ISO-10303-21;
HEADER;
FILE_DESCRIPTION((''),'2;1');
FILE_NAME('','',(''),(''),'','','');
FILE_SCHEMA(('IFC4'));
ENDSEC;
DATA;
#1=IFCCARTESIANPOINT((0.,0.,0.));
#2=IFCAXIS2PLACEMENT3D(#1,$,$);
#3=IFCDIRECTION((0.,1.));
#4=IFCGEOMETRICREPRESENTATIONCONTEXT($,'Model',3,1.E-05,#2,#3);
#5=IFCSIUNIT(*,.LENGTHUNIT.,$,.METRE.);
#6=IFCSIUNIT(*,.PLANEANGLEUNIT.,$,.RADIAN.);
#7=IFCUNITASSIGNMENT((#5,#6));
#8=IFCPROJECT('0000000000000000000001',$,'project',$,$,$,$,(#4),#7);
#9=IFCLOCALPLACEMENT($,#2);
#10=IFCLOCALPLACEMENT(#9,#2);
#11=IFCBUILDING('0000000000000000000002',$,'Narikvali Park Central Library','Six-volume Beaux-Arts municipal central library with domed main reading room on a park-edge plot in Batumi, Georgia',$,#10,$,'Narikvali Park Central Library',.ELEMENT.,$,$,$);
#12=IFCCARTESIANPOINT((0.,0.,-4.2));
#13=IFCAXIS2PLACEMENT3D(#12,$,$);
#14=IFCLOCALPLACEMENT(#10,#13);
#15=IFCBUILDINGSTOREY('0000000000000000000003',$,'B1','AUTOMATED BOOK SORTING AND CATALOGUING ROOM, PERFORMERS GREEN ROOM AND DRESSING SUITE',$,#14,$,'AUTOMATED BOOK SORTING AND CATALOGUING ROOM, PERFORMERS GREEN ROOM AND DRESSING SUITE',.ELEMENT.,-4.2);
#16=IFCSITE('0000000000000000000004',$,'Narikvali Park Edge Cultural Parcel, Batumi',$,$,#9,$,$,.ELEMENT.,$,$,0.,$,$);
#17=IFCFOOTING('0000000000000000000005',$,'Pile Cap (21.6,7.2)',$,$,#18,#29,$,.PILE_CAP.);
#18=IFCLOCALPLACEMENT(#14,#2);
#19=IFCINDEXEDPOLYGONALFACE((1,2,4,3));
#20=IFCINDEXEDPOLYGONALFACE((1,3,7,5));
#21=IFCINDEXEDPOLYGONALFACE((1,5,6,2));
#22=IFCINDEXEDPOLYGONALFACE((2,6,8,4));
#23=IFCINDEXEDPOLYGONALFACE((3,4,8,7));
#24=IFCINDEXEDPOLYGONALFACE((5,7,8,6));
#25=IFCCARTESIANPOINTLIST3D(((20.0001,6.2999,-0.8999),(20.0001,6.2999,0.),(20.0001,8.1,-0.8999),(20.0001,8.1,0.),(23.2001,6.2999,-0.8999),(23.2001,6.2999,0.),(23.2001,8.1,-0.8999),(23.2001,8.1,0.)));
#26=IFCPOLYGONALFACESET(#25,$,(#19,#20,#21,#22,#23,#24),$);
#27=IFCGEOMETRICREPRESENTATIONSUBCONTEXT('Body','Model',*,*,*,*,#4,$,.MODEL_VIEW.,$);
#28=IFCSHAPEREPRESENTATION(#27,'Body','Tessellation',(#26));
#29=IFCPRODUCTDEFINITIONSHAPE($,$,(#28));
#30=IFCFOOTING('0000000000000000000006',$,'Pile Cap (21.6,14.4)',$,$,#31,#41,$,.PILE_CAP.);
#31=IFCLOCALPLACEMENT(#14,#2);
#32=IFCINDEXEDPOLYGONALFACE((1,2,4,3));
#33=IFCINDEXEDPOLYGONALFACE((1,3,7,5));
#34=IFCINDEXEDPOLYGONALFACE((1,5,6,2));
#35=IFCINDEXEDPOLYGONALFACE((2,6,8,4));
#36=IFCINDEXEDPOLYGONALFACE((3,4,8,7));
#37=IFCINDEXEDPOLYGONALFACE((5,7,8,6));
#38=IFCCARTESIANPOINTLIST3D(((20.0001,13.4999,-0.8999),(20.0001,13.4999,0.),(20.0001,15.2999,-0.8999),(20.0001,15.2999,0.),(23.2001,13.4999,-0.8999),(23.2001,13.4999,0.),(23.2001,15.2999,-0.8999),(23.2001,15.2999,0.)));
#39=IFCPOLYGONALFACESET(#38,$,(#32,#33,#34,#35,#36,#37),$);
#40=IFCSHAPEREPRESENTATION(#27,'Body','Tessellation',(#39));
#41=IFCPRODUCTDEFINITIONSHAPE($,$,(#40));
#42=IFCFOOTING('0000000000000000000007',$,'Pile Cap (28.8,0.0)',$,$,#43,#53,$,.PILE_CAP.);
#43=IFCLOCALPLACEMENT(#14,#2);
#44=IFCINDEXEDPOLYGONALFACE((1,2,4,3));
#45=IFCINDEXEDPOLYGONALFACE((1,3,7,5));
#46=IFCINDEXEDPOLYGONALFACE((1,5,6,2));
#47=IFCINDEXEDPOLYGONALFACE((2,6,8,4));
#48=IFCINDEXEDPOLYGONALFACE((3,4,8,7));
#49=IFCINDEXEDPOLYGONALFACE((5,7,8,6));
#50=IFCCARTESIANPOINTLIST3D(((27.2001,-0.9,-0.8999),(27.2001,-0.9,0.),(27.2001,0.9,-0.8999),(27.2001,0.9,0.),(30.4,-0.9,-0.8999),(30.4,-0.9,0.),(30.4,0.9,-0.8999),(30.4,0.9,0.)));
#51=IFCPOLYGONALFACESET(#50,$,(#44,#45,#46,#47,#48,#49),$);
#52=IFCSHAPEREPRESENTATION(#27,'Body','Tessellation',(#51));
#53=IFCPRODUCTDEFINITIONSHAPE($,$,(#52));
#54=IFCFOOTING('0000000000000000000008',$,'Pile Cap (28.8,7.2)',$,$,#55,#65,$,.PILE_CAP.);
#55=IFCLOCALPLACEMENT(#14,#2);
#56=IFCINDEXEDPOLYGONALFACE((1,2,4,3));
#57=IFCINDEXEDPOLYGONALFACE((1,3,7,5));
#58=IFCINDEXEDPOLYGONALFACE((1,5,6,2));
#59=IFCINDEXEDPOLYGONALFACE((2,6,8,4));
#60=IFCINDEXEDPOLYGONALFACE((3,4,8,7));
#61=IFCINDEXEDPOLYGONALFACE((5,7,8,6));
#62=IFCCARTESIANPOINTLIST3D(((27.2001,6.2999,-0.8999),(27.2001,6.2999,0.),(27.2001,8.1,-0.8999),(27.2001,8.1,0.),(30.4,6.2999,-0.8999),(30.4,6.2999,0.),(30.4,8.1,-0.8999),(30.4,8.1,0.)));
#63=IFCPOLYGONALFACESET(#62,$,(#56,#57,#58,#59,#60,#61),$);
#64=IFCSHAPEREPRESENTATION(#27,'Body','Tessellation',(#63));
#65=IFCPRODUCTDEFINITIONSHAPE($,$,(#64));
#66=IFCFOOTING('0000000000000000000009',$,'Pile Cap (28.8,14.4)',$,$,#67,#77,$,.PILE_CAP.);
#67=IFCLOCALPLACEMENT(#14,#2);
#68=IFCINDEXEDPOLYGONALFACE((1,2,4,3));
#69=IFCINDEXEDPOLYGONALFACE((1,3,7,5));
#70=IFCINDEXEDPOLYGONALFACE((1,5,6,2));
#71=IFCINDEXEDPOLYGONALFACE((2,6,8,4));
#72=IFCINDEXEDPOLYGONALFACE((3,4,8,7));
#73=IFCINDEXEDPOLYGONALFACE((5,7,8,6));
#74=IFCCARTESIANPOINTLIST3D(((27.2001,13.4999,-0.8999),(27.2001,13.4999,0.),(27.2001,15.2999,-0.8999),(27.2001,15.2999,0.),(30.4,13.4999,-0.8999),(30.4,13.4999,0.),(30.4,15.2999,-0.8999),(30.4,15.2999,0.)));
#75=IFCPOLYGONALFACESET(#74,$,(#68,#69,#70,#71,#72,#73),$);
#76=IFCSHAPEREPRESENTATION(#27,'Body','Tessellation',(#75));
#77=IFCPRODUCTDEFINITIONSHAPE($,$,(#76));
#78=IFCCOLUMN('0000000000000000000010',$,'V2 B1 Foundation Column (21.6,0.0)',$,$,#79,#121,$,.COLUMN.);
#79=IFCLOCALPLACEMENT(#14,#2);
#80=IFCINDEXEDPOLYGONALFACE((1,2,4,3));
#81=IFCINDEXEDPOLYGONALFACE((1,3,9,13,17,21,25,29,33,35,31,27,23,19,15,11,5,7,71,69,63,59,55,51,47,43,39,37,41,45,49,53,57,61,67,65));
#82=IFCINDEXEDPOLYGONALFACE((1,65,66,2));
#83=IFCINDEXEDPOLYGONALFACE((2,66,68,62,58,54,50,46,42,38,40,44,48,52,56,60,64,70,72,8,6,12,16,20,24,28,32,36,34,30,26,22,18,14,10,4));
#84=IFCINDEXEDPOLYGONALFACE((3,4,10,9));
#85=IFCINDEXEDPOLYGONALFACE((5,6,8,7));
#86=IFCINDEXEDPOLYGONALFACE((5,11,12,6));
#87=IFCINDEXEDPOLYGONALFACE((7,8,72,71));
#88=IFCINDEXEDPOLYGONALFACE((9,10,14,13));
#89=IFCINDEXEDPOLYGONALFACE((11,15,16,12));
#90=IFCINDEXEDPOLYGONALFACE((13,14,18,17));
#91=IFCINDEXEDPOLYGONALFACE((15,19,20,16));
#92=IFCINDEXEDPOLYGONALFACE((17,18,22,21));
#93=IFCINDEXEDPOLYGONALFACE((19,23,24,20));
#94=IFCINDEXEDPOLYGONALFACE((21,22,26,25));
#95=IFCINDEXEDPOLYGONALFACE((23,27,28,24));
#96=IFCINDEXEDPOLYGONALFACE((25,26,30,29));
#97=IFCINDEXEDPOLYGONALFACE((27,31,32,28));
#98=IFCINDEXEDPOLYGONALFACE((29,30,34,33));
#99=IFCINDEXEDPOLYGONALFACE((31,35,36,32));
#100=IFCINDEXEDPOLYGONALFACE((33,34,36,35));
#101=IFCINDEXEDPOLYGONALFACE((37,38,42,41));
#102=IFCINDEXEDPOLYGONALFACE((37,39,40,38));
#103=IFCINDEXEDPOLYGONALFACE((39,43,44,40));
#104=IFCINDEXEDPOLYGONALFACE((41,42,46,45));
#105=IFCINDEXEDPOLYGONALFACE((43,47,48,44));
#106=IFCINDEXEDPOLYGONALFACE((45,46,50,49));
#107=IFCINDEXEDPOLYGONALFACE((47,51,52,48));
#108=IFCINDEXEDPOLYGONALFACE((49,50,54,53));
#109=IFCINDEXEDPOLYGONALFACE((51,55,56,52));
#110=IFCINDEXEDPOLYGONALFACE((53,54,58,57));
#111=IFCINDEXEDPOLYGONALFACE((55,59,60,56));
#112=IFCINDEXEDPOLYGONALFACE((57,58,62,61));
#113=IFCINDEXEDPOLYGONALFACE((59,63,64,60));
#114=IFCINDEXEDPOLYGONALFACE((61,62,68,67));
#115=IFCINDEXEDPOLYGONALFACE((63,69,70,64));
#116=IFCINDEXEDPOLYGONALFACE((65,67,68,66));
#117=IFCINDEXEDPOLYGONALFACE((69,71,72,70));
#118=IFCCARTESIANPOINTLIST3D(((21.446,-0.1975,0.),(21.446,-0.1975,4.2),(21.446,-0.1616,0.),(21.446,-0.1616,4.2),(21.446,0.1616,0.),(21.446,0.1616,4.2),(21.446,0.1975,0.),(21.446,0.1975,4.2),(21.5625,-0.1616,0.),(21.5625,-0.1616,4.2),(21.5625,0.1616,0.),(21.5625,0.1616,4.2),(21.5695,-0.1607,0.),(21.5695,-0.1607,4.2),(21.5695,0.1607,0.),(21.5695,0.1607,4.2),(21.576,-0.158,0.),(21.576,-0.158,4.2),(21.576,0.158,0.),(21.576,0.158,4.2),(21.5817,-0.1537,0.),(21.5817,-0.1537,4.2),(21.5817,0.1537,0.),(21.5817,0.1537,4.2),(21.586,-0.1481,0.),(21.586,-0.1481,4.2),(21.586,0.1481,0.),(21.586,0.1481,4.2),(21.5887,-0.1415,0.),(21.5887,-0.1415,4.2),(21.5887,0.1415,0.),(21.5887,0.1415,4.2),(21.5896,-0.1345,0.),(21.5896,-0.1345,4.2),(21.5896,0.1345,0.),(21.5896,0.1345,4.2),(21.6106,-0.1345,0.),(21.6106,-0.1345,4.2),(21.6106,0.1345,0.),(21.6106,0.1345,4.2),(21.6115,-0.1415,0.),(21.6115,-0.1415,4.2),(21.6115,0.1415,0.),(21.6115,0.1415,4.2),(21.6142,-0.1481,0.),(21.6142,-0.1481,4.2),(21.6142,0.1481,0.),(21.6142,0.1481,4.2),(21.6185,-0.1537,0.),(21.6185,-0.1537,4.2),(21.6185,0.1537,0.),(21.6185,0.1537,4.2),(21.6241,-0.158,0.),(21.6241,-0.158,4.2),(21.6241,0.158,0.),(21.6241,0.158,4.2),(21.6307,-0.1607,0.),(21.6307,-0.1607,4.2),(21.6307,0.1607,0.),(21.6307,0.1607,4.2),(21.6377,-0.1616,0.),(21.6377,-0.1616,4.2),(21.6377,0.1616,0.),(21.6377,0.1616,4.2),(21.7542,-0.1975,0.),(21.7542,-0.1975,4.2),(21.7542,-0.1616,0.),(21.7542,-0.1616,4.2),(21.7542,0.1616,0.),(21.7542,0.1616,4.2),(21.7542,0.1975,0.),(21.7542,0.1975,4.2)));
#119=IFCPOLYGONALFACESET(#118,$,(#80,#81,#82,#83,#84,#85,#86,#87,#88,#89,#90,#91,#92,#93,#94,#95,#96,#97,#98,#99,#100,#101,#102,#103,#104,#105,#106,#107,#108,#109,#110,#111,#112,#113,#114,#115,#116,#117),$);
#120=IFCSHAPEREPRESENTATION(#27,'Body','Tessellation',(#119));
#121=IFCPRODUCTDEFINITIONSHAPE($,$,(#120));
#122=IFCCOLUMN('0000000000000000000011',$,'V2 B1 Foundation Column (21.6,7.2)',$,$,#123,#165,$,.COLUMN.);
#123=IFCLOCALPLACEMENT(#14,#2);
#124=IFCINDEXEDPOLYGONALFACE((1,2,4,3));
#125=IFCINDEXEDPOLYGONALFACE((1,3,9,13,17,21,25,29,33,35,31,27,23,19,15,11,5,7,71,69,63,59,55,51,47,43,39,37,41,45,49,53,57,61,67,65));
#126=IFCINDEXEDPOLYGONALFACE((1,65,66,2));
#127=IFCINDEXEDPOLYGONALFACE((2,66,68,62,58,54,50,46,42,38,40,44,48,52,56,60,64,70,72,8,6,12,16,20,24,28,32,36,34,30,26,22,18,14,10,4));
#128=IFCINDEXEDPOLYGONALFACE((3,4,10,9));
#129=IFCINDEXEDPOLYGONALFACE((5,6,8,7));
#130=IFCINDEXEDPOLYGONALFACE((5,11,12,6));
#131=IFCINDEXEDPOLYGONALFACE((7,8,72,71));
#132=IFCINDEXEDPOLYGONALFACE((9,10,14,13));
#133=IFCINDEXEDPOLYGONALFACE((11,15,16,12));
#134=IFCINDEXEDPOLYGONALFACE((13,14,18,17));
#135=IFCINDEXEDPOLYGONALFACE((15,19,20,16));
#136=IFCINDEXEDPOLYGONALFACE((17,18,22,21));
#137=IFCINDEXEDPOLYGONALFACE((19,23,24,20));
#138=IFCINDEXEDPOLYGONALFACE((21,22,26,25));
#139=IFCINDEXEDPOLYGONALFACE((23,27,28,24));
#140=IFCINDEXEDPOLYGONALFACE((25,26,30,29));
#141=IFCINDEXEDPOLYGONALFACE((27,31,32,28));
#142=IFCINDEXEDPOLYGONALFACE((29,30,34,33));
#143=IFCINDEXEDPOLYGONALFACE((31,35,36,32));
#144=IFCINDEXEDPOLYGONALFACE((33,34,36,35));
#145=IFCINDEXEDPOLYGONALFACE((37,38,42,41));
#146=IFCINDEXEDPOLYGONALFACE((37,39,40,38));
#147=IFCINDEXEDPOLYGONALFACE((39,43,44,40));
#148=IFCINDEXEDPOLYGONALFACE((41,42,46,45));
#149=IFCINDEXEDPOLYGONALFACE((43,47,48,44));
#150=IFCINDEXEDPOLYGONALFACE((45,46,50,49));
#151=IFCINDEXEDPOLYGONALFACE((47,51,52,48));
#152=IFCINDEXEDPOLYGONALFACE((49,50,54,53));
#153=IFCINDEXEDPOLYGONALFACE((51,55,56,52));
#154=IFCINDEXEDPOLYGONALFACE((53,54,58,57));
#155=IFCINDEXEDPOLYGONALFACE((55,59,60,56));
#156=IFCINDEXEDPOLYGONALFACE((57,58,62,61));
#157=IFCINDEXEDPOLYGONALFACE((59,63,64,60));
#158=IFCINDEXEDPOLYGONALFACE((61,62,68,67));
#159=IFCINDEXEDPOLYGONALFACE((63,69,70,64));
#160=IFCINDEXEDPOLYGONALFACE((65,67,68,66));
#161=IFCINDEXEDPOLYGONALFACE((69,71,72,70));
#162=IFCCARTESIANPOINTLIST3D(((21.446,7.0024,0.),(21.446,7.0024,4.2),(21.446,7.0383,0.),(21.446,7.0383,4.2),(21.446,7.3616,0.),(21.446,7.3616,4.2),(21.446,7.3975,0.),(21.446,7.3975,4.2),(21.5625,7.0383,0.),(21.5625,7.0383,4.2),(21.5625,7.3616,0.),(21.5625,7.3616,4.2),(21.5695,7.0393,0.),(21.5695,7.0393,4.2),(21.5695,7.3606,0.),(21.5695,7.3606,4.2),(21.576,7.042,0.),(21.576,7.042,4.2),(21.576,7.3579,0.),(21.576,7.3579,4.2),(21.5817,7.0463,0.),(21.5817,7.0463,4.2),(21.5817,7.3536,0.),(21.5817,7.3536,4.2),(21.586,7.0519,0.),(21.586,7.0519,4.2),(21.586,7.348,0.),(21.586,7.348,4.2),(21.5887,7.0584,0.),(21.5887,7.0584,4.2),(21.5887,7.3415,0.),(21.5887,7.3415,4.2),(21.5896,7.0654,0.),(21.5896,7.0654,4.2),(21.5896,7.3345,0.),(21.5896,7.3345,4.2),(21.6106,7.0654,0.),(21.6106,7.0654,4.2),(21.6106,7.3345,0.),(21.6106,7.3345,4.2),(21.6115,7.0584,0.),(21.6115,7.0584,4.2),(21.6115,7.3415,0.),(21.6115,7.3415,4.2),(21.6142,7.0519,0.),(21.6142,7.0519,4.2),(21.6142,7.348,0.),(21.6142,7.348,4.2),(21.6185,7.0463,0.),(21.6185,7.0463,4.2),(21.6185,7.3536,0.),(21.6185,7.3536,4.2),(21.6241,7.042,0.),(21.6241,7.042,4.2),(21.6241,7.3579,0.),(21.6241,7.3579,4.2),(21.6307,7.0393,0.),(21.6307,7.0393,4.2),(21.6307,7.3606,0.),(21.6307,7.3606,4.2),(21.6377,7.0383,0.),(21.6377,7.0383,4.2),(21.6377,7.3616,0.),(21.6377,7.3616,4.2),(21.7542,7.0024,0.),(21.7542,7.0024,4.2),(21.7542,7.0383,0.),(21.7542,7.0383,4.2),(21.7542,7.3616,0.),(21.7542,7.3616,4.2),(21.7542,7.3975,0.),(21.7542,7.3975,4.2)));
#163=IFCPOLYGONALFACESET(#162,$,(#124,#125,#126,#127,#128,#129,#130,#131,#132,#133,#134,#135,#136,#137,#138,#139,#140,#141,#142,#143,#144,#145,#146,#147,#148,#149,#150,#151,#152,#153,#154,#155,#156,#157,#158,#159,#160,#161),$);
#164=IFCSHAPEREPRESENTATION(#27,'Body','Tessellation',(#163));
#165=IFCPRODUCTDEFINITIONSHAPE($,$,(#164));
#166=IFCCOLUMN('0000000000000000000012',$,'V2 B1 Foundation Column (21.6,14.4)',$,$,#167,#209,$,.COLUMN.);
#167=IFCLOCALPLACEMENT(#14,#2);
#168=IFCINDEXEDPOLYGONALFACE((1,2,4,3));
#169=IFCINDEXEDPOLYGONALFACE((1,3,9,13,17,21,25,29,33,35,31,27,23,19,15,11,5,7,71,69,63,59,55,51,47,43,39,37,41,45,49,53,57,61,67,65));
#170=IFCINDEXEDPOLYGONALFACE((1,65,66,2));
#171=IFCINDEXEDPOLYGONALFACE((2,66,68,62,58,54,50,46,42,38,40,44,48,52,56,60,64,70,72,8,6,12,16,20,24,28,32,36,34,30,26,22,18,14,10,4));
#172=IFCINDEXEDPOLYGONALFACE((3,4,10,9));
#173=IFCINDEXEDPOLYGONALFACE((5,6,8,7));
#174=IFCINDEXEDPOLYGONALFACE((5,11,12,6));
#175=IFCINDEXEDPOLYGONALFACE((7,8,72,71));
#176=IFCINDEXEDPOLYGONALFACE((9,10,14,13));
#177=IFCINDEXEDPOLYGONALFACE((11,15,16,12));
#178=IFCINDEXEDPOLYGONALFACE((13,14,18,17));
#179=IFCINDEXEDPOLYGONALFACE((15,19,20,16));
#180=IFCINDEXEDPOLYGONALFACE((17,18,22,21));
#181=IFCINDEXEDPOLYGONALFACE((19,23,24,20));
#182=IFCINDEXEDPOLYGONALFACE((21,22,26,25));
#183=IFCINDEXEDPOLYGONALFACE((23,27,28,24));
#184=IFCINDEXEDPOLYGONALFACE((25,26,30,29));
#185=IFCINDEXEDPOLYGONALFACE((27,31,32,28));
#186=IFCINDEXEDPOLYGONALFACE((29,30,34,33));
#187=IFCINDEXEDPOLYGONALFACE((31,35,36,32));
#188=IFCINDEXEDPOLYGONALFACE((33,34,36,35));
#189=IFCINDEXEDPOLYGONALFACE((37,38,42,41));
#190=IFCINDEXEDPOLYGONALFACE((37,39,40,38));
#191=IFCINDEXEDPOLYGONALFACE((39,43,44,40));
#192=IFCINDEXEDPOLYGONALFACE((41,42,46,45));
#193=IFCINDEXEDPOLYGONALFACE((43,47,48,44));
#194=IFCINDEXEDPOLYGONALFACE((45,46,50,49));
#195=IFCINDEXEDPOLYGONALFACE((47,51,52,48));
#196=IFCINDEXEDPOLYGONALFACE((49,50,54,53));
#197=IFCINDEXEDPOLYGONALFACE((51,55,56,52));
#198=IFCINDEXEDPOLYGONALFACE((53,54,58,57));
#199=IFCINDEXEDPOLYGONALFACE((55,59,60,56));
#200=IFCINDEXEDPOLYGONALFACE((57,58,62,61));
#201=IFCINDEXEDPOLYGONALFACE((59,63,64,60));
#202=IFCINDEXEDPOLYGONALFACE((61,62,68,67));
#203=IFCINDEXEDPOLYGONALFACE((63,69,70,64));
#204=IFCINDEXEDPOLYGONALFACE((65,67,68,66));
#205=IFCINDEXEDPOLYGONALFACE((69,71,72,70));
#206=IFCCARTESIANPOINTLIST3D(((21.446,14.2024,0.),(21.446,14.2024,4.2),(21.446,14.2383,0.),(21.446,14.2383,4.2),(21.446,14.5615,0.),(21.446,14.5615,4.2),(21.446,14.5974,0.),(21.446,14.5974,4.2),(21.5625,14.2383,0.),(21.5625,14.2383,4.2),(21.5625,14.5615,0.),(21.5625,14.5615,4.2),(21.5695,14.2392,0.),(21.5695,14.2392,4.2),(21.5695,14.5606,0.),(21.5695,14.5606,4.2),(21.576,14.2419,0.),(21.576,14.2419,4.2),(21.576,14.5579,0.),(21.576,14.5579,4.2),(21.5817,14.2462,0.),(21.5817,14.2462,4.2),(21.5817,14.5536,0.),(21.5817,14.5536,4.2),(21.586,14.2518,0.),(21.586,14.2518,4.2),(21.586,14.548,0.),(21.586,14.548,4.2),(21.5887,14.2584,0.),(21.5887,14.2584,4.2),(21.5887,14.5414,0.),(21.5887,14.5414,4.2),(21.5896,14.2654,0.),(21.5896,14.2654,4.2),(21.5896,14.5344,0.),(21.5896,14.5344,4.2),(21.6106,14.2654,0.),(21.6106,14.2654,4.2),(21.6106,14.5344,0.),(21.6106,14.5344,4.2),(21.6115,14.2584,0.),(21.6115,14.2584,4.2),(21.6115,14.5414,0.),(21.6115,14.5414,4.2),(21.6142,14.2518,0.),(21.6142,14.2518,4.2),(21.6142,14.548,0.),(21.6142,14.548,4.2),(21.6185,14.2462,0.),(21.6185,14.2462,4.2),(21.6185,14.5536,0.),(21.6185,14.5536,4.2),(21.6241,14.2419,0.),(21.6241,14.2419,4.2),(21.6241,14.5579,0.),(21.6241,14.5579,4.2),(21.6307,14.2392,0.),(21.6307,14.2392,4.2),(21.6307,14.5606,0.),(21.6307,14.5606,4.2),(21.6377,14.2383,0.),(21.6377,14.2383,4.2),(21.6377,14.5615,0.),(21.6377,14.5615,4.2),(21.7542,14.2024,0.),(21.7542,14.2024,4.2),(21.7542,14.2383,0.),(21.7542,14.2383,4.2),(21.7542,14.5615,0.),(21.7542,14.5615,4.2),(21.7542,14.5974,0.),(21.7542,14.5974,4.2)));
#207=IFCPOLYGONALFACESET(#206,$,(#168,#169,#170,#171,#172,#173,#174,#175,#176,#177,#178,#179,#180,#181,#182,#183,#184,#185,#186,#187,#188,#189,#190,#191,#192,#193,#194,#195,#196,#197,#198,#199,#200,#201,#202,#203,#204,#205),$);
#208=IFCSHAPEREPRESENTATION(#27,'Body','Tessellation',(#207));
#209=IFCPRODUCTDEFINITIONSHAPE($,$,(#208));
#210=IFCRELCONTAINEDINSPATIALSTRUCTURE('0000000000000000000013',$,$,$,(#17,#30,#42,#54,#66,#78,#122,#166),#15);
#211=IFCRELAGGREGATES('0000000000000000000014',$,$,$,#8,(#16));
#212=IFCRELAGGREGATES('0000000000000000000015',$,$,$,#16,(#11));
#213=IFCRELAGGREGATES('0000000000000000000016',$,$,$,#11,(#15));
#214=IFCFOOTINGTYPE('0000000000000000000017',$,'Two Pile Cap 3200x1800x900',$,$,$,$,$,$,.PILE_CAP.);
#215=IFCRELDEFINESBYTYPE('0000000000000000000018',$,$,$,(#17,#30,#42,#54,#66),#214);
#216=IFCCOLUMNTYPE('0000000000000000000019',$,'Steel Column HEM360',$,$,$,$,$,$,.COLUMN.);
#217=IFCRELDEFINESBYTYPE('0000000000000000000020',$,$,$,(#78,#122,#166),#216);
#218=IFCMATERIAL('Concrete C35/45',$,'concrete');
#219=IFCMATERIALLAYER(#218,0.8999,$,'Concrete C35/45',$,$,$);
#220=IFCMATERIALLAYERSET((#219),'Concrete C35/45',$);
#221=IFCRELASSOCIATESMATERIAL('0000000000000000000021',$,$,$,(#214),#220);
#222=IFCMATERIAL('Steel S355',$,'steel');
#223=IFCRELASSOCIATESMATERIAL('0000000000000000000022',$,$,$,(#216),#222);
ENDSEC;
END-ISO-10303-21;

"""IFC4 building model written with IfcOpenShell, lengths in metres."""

from ifc_helpers import new_model, si_unit, direction, frame, origin, origin_2d, place, context, subcontext, project, spatial, rectangle, i_section, extrude, material, layer, layer_set, material_profile, profile_set, type_object, element, save


model = new_model("IFC4")

# Units and contexts
model_context = context("Model", 3, precision=1e-05, world=origin(), true_north=direction((0.0, 1.0)))
body_context = subcontext(model_context, "Body", "Model", "MODEL_VIEW")
ifc_project = project(units=[si_unit("LENGTHUNIT", "METRE"), si_unit("PLANEANGLEUNIT", "RADIAN")], contexts=[model_context])

# Site, building, storey
site_placement = place(None, origin())
site = spatial("IfcSite", under=ifc_project, at=site_placement, Name="Narikvali Park Edge Cultural Parcel, Batumi", CompositionType="ELEMENT", RefElevation=0.0)
building_placement = place(site_placement, origin())
building = spatial("IfcBuilding", under=site, at=building_placement, Name="Narikvali Park Central Library", Description="Six-volume Beaux-Arts municipal central library with domed main reading room on a park-edge plot in Batumi, Georgia", LongName="Narikvali Park Central Library", CompositionType="ELEMENT")
storey_placement = place(building_placement, frame((0.0, 0.0, -4.2)))
storey = spatial("IfcBuildingStorey", under=building, at=storey_placement, Name="B1", Description="AUTOMATED BOOK SORTING AND CATALOGUING ROOM, PERFORMERS GREEN ROOM AND DRESSING SUITE", LongName="AUTOMATED BOOK SORTING AND CATALOGUING ROOM, PERFORMERS GREEN ROOM AND DRESSING SUITE", CompositionType="ELEMENT", Elevation=-4.2)

# Shared definitions
ifc_material_1 = material(Name="Concrete C35/45", Category="concrete")

# Footings
ifc_layer_1 = layer(ifc_material_1, 0.8999, Name="Concrete C35/45")
ifc_layer_set_1 = layer_set([ifc_layer_1], Name="Concrete C35/45")
footing_type_1 = type_object("IfcFootingType", Name="Two Pile Cap 3200x1800x900", PredefinedType="PILE_CAP", material=ifc_layer_set_1)
for number, where, z_axis, x_axis, name in (
    (1, (21.6001, 7.2, -0.8999), (0.0, 0.0, 1.0), (1.0, 0.0, 0.0), "Pile Cap (21.6,7.2)"),
    (2, (21.6001, 14.3999, -0.8999), (0.0, 0.0, 1.0), (1.0, 0.0, 0.0), "Pile Cap (21.6,14.4)"),
    (3, (28.8, 0.0, -0.8999), (0.0, 0.0, 1.0), (1.0, 0.0, 0.0), "Pile Cap (28.8,0.0)"),
    (4, (28.8, 7.2, -0.8999), (0.0, 0.0, 1.0), (1.0, 0.0, 0.0), "Pile Cap (28.8,7.2)"),
    (5, (28.8, 14.3999, -0.8999), (0.0, 0.0, 1.0), (1.0, 0.0, 0.0), "Pile Cap (28.8,14.4)"),
):
    element("IfcFooting", number, at=place(storey_placement, frame(where, z_axis=z_axis, x_axis=x_axis)), inside=storey, type_object=footing_type_1, Name=name, PredefinedType="PILE_CAP", context=body_context, shape_type="SweptSolid", body=[
        extrude(rectangle(XDim=3.2, YDim=1.8, at=origin_2d()), origin(), (0.0, 0.0, 1.0), 0.8999),
    ])

# Columns
ifc_material_2 = material(Name="Steel S355", Category="steel")
ifc_material_profile_1 = material_profile(ifc_material_2, i_section(OverallWidth=0.3081, OverallDepth=0.395, WebThickness=0.021, FlangeThickness=0.0359, FilletRadius=0.0271, at=origin_2d()), Name="HEM 360")
ifc_profile_set_1 = profile_set([ifc_material_profile_1], Name="Steel S355")
column_type = type_object("IfcColumnType", Name="Steel Column HEM360", PredefinedType="COLUMN", material=ifc_profile_set_1)
for number, where, z_axis, x_axis, name in (
    (6, (21.6001, 0.0, 0.0), (0.0, 0.0, 1.0), (1.0, 0.0, 0.0), "V2 B1 Foundation Column (21.6,0.0)"),
    (7, (21.6001, 7.2, 0.0), (0.0, 0.0, 1.0), (1.0, 0.0, 0.0), "V2 B1 Foundation Column (21.6,7.2)"),
    (8, (21.6001, 14.3999, 0.0), (0.0, 0.0, 1.0), (1.0, 0.0, 0.0), "V2 B1 Foundation Column (21.6,14.4)"),
):
    element("IfcColumn", number, at=place(storey_placement, frame(where, z_axis=z_axis, x_axis=x_axis)), inside=storey, type_object=column_type, Name=name, PredefinedType="COLUMN", context=body_context, shape_type="SweptSolid", body=[
        extrude(i_section(OverallWidth=0.3081, OverallDepth=0.395, WebThickness=0.021, FlangeThickness=0.0359, FilletRadius=0.0271, at=origin_2d()), origin(), (0.0, 0.0, 1.0), 4.2),
    ])

save(model, "model.ifc")
